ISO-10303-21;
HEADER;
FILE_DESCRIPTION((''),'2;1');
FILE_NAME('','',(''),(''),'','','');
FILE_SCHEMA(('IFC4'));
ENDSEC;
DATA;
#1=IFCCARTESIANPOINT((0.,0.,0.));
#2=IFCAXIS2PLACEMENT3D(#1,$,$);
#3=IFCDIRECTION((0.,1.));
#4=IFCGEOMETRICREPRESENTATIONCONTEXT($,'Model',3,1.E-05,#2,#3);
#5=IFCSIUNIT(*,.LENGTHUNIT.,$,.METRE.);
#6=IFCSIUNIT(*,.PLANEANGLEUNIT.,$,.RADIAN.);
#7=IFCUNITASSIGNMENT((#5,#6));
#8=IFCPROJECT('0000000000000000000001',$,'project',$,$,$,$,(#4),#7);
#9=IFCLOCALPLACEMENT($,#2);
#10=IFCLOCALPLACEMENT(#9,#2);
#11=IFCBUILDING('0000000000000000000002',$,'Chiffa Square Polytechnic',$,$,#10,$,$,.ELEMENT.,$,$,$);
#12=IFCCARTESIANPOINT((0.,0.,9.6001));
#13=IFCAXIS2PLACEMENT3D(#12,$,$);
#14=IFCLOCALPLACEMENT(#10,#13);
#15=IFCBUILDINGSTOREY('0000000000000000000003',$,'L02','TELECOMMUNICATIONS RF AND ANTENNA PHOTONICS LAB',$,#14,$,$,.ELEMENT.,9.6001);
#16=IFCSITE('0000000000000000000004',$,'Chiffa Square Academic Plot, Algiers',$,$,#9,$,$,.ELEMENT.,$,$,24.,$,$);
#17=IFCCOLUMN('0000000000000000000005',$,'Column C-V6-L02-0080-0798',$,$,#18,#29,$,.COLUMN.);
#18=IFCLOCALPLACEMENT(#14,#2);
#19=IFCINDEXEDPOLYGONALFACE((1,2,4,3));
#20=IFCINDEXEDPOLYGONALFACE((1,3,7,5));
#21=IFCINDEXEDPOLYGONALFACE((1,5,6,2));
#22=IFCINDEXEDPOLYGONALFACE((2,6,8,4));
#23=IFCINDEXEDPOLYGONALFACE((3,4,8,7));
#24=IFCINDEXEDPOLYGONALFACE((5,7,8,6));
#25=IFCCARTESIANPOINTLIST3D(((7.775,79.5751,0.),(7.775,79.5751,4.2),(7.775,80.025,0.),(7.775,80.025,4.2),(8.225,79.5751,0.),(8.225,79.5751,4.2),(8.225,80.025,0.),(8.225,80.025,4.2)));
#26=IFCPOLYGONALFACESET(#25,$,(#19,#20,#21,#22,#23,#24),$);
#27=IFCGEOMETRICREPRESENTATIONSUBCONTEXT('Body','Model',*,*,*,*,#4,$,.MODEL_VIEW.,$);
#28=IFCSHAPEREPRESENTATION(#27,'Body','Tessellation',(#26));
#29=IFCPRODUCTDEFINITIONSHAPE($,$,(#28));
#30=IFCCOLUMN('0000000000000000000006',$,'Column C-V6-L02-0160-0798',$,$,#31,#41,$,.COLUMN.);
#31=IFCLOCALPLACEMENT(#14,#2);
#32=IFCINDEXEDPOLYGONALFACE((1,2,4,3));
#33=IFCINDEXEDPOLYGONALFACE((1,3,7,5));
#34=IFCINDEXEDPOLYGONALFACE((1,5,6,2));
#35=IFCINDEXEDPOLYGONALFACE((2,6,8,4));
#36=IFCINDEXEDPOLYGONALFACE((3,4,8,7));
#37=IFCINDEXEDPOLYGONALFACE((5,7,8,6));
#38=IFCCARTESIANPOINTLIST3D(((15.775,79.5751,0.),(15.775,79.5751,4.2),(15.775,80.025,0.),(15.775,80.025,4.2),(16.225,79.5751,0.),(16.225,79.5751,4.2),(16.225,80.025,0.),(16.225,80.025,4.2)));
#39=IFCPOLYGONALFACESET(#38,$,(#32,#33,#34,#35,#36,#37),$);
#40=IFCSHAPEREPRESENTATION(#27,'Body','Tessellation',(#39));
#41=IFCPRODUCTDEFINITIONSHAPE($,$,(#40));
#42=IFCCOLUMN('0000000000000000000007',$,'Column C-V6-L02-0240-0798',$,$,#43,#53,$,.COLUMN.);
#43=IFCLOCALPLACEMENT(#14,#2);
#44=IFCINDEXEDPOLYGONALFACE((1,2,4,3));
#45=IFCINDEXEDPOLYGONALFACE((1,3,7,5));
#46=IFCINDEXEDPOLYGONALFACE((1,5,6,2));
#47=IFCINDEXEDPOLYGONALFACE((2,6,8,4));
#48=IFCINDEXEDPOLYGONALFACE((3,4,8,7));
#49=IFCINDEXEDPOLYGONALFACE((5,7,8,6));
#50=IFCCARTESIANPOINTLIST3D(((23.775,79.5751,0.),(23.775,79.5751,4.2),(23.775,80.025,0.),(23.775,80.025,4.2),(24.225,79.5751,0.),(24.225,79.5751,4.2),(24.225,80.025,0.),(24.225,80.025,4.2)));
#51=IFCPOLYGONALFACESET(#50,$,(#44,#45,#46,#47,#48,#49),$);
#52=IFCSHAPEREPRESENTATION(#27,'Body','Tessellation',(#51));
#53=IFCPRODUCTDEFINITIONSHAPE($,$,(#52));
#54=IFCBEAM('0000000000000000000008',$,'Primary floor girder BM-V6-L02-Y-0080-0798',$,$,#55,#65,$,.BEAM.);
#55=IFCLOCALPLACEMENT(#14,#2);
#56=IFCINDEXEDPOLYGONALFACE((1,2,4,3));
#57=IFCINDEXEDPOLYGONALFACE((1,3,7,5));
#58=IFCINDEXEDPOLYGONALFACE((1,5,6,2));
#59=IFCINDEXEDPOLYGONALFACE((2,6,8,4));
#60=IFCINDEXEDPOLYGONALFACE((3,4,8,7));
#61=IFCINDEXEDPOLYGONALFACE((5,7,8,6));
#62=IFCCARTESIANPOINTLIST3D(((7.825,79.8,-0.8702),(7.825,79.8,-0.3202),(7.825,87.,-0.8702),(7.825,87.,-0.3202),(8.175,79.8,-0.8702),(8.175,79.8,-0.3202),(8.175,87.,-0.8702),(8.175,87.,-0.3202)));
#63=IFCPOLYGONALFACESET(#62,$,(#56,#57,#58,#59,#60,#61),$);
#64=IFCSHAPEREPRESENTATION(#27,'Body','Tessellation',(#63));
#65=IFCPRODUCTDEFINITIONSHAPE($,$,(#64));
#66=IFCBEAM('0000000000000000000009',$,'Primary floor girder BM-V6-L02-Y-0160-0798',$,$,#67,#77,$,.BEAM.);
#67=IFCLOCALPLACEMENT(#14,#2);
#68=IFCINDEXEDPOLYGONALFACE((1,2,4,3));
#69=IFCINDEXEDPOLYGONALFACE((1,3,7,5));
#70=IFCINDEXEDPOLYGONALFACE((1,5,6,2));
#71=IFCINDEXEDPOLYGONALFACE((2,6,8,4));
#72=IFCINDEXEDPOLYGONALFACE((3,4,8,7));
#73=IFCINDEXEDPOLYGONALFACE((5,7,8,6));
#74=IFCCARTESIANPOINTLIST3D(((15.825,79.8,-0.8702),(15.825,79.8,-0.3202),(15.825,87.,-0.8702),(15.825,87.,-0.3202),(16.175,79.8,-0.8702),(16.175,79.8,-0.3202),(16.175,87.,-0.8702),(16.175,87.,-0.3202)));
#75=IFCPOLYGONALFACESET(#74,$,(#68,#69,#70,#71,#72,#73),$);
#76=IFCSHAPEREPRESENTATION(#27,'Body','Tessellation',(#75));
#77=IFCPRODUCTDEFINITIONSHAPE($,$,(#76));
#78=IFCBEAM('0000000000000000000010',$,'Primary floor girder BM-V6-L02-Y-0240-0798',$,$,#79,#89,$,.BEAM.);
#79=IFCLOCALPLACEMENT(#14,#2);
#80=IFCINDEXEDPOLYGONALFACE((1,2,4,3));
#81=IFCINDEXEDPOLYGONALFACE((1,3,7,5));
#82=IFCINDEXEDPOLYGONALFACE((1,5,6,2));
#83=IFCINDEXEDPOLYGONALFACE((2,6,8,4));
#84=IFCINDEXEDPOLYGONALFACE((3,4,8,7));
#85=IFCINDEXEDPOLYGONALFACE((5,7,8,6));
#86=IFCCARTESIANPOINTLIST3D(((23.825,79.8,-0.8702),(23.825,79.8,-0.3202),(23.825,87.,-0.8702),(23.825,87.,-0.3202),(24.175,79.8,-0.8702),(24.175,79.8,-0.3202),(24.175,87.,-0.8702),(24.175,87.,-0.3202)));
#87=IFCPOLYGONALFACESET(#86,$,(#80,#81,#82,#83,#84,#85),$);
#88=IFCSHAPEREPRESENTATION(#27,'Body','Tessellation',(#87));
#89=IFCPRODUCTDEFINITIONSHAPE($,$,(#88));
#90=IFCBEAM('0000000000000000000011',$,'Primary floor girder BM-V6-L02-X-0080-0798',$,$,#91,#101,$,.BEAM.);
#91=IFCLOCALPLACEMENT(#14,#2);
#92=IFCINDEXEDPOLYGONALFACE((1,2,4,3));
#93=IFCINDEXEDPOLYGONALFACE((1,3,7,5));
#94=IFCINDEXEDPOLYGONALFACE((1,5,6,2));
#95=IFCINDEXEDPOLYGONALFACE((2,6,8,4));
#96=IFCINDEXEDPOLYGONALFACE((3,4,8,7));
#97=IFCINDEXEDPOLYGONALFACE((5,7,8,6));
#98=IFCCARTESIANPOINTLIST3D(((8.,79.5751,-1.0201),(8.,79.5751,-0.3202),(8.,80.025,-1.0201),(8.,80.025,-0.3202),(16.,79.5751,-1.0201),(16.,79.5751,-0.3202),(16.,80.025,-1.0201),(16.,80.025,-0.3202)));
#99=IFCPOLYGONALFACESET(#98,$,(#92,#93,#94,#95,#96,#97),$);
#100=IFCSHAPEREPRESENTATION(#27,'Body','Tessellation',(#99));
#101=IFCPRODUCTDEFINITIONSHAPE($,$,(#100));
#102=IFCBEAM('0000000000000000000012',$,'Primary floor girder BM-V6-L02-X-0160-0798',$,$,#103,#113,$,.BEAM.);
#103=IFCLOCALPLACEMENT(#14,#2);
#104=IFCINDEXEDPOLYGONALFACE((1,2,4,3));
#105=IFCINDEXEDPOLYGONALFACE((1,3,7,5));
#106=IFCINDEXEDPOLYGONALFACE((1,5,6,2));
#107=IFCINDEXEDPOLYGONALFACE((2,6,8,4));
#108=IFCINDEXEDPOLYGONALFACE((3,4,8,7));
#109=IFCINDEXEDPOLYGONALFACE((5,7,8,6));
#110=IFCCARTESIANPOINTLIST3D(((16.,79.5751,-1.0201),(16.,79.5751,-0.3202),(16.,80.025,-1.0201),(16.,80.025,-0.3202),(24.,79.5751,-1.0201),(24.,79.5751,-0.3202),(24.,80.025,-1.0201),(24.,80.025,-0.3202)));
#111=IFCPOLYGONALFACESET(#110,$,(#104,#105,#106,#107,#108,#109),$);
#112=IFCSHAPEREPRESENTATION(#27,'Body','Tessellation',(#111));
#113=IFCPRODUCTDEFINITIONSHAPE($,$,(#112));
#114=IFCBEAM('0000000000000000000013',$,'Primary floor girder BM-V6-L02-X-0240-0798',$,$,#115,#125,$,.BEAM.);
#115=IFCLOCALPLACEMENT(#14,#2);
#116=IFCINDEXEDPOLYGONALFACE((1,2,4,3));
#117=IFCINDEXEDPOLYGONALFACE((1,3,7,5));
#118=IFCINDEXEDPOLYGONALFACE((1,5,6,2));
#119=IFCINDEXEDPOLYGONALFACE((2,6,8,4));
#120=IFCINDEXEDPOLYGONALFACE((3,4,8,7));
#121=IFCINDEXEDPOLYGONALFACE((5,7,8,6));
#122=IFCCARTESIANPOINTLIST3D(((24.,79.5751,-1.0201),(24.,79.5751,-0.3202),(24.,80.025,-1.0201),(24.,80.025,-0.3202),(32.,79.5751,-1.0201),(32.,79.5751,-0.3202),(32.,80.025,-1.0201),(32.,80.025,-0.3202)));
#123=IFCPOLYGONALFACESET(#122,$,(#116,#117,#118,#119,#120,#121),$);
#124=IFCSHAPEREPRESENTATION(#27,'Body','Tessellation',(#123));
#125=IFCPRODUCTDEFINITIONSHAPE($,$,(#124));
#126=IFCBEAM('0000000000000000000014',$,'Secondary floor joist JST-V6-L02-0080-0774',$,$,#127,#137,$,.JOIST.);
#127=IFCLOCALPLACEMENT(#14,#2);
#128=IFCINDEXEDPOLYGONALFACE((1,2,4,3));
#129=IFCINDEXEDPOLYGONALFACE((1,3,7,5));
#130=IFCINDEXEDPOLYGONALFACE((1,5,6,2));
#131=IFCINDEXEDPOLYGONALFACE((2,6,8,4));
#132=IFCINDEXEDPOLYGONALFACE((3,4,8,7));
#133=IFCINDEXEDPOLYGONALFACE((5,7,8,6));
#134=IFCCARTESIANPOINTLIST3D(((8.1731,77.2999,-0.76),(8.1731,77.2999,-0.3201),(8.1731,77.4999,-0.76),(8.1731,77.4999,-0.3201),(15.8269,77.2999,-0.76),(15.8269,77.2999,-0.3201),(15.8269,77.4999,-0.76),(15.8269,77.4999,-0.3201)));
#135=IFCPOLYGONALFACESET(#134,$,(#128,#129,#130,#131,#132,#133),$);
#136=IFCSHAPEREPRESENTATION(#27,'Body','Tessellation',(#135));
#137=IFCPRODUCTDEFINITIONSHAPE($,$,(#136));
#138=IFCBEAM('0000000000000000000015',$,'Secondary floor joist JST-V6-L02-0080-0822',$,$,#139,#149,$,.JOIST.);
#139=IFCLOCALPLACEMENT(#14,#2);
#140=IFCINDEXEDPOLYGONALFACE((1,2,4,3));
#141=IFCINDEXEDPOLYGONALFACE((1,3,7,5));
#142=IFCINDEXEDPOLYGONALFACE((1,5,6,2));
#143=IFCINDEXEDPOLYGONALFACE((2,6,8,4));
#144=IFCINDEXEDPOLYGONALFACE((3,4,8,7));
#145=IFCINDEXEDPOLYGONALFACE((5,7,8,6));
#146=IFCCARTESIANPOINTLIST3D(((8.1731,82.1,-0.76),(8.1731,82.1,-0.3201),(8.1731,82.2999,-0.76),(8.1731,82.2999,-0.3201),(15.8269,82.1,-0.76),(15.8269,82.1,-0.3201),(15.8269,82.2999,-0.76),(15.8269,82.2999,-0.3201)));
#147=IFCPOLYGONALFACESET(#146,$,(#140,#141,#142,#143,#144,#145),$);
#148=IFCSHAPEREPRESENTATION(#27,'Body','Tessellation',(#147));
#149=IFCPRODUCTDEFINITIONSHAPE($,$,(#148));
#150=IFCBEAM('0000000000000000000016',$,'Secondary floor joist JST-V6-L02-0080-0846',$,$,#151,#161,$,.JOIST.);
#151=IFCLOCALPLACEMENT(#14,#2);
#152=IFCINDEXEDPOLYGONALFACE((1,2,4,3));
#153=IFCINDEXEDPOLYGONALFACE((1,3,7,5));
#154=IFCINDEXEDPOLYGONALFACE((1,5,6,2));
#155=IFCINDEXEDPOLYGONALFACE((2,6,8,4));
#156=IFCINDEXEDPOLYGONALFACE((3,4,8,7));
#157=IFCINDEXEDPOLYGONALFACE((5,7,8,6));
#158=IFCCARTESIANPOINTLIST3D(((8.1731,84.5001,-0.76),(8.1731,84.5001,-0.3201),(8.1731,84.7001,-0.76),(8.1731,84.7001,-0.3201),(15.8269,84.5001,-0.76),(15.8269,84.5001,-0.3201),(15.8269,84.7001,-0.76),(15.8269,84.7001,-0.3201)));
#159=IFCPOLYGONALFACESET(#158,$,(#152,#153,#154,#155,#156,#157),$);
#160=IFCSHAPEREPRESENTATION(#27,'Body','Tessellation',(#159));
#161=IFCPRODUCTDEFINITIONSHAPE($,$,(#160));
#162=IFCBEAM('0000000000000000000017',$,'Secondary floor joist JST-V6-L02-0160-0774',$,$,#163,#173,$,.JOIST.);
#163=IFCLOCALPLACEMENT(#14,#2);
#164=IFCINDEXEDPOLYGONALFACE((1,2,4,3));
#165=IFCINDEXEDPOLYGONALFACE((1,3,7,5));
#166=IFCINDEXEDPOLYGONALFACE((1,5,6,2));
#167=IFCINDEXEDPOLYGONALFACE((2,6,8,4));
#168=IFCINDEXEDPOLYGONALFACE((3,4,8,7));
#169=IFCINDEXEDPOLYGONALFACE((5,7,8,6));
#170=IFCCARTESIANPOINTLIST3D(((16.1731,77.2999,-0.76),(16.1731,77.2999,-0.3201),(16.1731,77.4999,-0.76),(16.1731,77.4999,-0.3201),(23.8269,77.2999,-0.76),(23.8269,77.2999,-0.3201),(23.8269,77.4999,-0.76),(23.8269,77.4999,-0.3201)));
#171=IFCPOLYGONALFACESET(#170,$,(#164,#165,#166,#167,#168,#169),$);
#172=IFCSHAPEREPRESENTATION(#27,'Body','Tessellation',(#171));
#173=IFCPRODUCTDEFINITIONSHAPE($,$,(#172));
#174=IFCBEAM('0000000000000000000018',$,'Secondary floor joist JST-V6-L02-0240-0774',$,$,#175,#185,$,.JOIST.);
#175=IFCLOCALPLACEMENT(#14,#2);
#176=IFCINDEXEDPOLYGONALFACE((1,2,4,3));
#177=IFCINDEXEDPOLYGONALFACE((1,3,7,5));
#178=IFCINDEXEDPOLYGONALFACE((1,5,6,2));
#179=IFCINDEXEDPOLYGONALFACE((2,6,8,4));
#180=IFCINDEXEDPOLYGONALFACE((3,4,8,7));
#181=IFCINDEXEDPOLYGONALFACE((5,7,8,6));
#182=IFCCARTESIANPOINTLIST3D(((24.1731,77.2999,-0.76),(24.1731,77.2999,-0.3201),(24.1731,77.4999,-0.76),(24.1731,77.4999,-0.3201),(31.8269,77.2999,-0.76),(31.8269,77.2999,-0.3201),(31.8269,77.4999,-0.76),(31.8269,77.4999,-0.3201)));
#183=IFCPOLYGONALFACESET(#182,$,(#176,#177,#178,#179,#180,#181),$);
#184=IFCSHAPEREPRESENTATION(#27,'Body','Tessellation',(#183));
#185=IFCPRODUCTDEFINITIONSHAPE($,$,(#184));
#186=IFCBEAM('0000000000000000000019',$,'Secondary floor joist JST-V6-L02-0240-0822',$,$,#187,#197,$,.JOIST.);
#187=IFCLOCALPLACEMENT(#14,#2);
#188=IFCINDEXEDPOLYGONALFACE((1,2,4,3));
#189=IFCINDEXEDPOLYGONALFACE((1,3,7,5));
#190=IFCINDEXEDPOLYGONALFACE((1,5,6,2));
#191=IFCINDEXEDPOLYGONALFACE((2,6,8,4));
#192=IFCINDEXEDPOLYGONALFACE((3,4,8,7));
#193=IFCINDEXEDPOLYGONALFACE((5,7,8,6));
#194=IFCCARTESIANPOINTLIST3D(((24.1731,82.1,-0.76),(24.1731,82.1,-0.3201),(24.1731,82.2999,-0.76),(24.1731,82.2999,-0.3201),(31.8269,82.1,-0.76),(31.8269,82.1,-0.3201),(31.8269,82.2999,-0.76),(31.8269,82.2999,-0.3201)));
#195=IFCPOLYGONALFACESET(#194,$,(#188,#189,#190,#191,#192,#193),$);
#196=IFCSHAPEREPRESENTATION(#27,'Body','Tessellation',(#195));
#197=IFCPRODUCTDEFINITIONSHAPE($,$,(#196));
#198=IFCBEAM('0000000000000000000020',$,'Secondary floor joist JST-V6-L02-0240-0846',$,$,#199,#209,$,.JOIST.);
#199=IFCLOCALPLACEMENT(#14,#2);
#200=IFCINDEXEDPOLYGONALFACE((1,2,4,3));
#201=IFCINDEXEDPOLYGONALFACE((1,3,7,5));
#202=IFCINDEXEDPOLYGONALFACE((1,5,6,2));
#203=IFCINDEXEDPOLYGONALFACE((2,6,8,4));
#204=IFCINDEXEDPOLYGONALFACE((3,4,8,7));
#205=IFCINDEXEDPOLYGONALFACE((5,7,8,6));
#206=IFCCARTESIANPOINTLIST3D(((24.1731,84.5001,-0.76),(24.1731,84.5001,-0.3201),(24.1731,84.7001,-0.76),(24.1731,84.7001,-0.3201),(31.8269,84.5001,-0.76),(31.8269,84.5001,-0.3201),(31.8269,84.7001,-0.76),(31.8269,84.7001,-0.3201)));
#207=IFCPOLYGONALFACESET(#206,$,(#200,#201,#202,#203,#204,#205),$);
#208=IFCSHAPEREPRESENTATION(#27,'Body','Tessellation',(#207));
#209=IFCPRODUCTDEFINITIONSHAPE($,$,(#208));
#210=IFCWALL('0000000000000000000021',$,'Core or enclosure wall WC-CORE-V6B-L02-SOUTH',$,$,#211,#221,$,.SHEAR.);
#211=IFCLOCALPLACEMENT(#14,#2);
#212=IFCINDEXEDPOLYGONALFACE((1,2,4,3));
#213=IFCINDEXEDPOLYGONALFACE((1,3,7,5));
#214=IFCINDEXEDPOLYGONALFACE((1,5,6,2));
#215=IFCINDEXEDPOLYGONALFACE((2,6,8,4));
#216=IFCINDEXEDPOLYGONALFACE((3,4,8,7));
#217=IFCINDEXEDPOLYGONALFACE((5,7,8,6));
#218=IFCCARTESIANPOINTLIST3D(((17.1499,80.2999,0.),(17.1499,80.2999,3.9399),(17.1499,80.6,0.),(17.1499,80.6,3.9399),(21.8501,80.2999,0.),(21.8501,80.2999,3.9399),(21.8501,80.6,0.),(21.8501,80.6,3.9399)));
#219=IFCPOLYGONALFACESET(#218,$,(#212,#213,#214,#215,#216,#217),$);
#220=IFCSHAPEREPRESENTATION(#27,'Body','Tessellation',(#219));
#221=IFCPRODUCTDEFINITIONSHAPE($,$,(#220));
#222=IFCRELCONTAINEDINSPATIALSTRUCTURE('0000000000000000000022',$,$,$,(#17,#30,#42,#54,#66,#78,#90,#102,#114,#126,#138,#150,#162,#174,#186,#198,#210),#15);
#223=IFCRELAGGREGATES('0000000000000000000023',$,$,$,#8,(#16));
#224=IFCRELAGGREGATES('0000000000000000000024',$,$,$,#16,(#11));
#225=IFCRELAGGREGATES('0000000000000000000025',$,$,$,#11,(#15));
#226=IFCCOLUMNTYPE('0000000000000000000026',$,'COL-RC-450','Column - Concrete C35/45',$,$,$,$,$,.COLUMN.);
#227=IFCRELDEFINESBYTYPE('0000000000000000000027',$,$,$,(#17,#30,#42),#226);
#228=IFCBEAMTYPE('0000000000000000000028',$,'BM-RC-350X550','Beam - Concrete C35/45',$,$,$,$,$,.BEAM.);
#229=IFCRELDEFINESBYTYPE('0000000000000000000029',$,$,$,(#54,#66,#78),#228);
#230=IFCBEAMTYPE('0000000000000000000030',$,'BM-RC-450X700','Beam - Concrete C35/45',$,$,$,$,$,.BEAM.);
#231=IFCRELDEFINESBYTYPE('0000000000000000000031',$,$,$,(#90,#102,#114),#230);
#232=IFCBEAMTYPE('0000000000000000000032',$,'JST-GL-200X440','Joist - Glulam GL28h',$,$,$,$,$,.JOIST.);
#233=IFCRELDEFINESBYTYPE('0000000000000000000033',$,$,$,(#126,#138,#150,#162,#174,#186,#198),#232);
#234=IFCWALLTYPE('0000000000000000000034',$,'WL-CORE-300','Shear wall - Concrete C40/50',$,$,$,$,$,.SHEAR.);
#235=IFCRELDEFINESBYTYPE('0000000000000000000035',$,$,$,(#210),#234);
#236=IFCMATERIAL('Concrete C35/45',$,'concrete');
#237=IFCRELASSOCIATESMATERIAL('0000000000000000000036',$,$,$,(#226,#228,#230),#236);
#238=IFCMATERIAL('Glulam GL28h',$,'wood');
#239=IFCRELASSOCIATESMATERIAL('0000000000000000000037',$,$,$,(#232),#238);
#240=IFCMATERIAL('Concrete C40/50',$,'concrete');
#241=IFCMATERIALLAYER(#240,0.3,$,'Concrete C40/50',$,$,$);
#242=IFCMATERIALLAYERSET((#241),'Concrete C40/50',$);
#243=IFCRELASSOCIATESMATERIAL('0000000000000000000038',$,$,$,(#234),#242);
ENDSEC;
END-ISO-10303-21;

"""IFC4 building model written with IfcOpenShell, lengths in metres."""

from ifc_helpers import new_model, si_unit, direction, frame, frame_2d, origin, origin_2d, place, context, subcontext, project, spatial, rectangle, extrude, material, layer, layer_set, material_profile, profile_set, type_object, element, save


model = new_model("IFC4")

# Units and contexts
model_context = context("Model", 3, precision=1e-05, world=origin(), true_north=direction((0.0, 1.0)))
body_context = subcontext(model_context, "Body", "Model", "MODEL_VIEW")
ifc_project = project(units=[si_unit("LENGTHUNIT", "METRE"), si_unit("PLANEANGLEUNIT", "RADIAN")], contexts=[model_context])

# Site, building, storey
site_placement = place(None, origin())
site = spatial("IfcSite", under=ifc_project, at=site_placement, Name="Chiffa Square Academic Plot, Algiers", CompositionType="ELEMENT", RefElevation=24.0)
building_placement = place(site_placement, origin())
building = spatial("IfcBuilding", under=site, at=building_placement, Name="Chiffa Square Polytechnic", CompositionType="ELEMENT")
storey_placement = place(building_placement, frame((0.0, 0.0, 9.6001)))
storey = spatial("IfcBuildingStorey", under=building, at=storey_placement, Name="L02", Description="TELECOMMUNICATIONS RF AND ANTENNA PHOTONICS LAB", CompositionType="ELEMENT", Elevation=9.6001)

# Columns
ifc_material_1 = material(Name="Concrete C35/45", Category="concrete")
ifc_material_profile_1 = material_profile(ifc_material_1, rectangle(XDim=0.45, YDim=0.45, at=origin_2d()), Name="RC 450x450")
ifc_profile_set_1 = profile_set([ifc_material_profile_1], Name="Concrete C35/45")
column_type = type_object("IfcColumnType", Name="COL-RC-450", Description="Column - Concrete C35/45", PredefinedType="COLUMN", material=ifc_profile_set_1)
for number, where, z_axis, x_axis, name in (
    (1, (8.0, 79.8, 0.0), (0.0, 0.0, 1.0), (1.0, 0.0, 0.0), "Column C-V6-L02-0080-0798"),
    (2, (16.0, 79.8, 0.0), (0.0, 0.0, 1.0), (1.0, 0.0, 0.0), "Column C-V6-L02-0160-0798"),
    (3, (24.0, 79.8, 0.0), (0.0, 0.0, 1.0), (1.0, 0.0, 0.0), "Column C-V6-L02-0240-0798"),
):
    element("IfcColumn", number, at=place(storey_placement, frame(where, z_axis=z_axis, x_axis=x_axis)), inside=storey, type_object=column_type, Name=name, PredefinedType="COLUMN", context=body_context, shape_type="SweptSolid", body=[
        extrude(rectangle(XDim=0.45, YDim=0.45, at=origin_2d()), origin(), (0.0, 0.0, 1.0), 4.2),
    ])

# Beams
ifc_material_profile_2 = material_profile(ifc_material_1, rectangle(XDim=0.3501, YDim=0.55, at=origin_2d()), Name="RC 350x550")
ifc_profile_set_2 = profile_set([ifc_material_profile_2], Name="Concrete C35/45")
beam_type_1 = type_object("IfcBeamType", Name="BM-RC-350X550", Description="Beam - Concrete C35/45", PredefinedType="BEAM", material=ifc_profile_set_2)
for number, where, z_axis, x_axis, name in (
    (4, (8.0, 79.8, -0.5952), (0.0, 1.0, 0.0), (-1.0, 0.0, 0.0), "Primary floor girder BM-V6-L02-Y-0080-0798"),
    (5, (16.0, 79.8, -0.5952), (0.0, 1.0, 0.0), (-1.0, 0.0, 0.0), "Primary floor girder BM-V6-L02-Y-0160-0798"),
    (6, (24.0, 79.8, -0.5952), (0.0, 1.0, 0.0), (-1.0, 0.0, 0.0), "Primary floor girder BM-V6-L02-Y-0240-0798"),
):
    element("IfcBeam", number, at=place(storey_placement, frame(where, z_axis=z_axis, x_axis=x_axis)), inside=storey, type_object=beam_type_1, Name=name, PredefinedType="BEAM", context=body_context, shape_type="SweptSolid", body=[
        extrude(rectangle(XDim=0.3501, YDim=0.55, at=origin_2d()), origin(), (0.0, 0.0, 1.0), 7.2),
    ])
ifc_material_profile_3 = material_profile(ifc_material_1, rectangle(XDim=0.45, YDim=0.7, at=origin_2d()), Name="RC 450x700")
ifc_profile_set_3 = profile_set([ifc_material_profile_3], Name="Concrete C35/45")
beam_type_2 = type_object("IfcBeamType", Name="BM-RC-450X700", Description="Beam - Concrete C35/45", PredefinedType="BEAM", material=ifc_profile_set_3)
for number, where, z_axis, x_axis, name in (
    (7, (8.0, 79.8, -0.6702), (1.0, 0.0, 0.0), (0.0, 1.0, 0.0), "Primary floor girder BM-V6-L02-X-0080-0798"),
    (8, (16.0, 79.8, -0.6702), (1.0, 0.0, 0.0), (0.0, 1.0, 0.0), "Primary floor girder BM-V6-L02-X-0160-0798"),
    (9, (24.0, 79.8, -0.6702), (1.0, 0.0, 0.0), (0.0, 1.0, 0.0), "Primary floor girder BM-V6-L02-X-0240-0798"),
):
    element("IfcBeam", number, at=place(storey_placement, frame(where, z_axis=z_axis, x_axis=x_axis)), inside=storey, type_object=beam_type_2, Name=name, PredefinedType="BEAM", context=body_context, shape_type="SweptSolid", body=[
        extrude(rectangle(XDim=0.45, YDim=0.7, at=origin_2d()), origin(), (0.0, 0.0, 1.0), 8.0),
    ])
ifc_material_2 = material(Name="Glulam GL28h", Category="wood")
ifc_material_profile_4 = material_profile(ifc_material_2, rectangle(XDim=0.2, YDim=0.4399, at=origin_2d()), Name="GL28h 200x440")
ifc_profile_set_4 = profile_set([ifc_material_profile_4], Name="Glulam GL28h")
beam_type_3 = type_object("IfcBeamType", Name="JST-GL-200X440", Description="Joist - Glulam GL28h", PredefinedType="JOIST", material=ifc_profile_set_4)
for number, where, z_axis, x_axis, name in (
    (10, (8.1731, 77.3999, -0.54), (1.0, 0.0, 0.0), (0.0, 1.0, 0.0), "Secondary floor joist JST-V6-L02-0080-0774"),
    (11, (8.1731, 82.2, -0.54), (1.0, 0.0, 0.0), (0.0, 1.0, 0.0), "Secondary floor joist JST-V6-L02-0080-0822"),
    (12, (8.1731, 84.6001, -0.54), (1.0, 0.0, 0.0), (0.0, 1.0, 0.0), "Secondary floor joist JST-V6-L02-0080-0846"),
    (13, (16.1731, 77.3999, -0.54), (1.0, 0.0, 0.0), (0.0, 1.0, 0.0), "Secondary floor joist JST-V6-L02-0160-0774"),
    (14, (24.1731, 77.3999, -0.54), (1.0, 0.0, 0.0), (0.0, 1.0, 0.0), "Secondary floor joist JST-V6-L02-0240-0774"),
    (15, (24.1731, 82.2, -0.54), (1.0, 0.0, 0.0), (0.0, 1.0, 0.0), "Secondary floor joist JST-V6-L02-0240-0822"),
    (16, (24.1731, 84.6001, -0.54), (1.0, 0.0, 0.0), (0.0, 1.0, 0.0), "Secondary floor joist JST-V6-L02-0240-0846"),
):
    element("IfcBeam", number, at=place(storey_placement, frame(where, z_axis=z_axis, x_axis=x_axis)), inside=storey, type_object=beam_type_3, Name=name, PredefinedType="JOIST", context=body_context, shape_type="SweptSolid", body=[
        extrude(rectangle(XDim=0.2, YDim=0.4399, at=origin_2d()), origin(), (0.0, 0.0, 1.0), 7.6538),
    ])

# Wall
ifc_material_3 = material(Name="Concrete C40/50", Category="concrete")
ifc_layer_1 = layer(ifc_material_3, 0.3, Name="Concrete C40/50")
ifc_layer_set_1 = layer_set([ifc_layer_1], Name="Concrete C40/50")
wall_type_1 = type_object("IfcWallType", Name="WL-CORE-300", Description="Shear wall - Concrete C40/50", PredefinedType="SHEAR", material=ifc_layer_set_1)
wall_1_placement = place(storey_placement, frame((17.1499, 80.45, 0.0), z_axis=(0.0, 0.0, 1.0), x_axis=(1.0, 0.0, 0.0)))
element("IfcWall", 17, at=wall_1_placement, inside=storey, type_object=wall_type_1, Name="Core or enclosure wall WC-CORE-V6B-L02-SOUTH", PredefinedType="SHEAR", context=body_context, shape_type="SweptSolid", body=[
    extrude(rectangle(XDim=4.7002, YDim=0.3, at=frame_2d((2.3501, 0.0))), origin(), (0.0, 0.0, 1.0), 3.9399),
])

save(model, "model.ifc")
